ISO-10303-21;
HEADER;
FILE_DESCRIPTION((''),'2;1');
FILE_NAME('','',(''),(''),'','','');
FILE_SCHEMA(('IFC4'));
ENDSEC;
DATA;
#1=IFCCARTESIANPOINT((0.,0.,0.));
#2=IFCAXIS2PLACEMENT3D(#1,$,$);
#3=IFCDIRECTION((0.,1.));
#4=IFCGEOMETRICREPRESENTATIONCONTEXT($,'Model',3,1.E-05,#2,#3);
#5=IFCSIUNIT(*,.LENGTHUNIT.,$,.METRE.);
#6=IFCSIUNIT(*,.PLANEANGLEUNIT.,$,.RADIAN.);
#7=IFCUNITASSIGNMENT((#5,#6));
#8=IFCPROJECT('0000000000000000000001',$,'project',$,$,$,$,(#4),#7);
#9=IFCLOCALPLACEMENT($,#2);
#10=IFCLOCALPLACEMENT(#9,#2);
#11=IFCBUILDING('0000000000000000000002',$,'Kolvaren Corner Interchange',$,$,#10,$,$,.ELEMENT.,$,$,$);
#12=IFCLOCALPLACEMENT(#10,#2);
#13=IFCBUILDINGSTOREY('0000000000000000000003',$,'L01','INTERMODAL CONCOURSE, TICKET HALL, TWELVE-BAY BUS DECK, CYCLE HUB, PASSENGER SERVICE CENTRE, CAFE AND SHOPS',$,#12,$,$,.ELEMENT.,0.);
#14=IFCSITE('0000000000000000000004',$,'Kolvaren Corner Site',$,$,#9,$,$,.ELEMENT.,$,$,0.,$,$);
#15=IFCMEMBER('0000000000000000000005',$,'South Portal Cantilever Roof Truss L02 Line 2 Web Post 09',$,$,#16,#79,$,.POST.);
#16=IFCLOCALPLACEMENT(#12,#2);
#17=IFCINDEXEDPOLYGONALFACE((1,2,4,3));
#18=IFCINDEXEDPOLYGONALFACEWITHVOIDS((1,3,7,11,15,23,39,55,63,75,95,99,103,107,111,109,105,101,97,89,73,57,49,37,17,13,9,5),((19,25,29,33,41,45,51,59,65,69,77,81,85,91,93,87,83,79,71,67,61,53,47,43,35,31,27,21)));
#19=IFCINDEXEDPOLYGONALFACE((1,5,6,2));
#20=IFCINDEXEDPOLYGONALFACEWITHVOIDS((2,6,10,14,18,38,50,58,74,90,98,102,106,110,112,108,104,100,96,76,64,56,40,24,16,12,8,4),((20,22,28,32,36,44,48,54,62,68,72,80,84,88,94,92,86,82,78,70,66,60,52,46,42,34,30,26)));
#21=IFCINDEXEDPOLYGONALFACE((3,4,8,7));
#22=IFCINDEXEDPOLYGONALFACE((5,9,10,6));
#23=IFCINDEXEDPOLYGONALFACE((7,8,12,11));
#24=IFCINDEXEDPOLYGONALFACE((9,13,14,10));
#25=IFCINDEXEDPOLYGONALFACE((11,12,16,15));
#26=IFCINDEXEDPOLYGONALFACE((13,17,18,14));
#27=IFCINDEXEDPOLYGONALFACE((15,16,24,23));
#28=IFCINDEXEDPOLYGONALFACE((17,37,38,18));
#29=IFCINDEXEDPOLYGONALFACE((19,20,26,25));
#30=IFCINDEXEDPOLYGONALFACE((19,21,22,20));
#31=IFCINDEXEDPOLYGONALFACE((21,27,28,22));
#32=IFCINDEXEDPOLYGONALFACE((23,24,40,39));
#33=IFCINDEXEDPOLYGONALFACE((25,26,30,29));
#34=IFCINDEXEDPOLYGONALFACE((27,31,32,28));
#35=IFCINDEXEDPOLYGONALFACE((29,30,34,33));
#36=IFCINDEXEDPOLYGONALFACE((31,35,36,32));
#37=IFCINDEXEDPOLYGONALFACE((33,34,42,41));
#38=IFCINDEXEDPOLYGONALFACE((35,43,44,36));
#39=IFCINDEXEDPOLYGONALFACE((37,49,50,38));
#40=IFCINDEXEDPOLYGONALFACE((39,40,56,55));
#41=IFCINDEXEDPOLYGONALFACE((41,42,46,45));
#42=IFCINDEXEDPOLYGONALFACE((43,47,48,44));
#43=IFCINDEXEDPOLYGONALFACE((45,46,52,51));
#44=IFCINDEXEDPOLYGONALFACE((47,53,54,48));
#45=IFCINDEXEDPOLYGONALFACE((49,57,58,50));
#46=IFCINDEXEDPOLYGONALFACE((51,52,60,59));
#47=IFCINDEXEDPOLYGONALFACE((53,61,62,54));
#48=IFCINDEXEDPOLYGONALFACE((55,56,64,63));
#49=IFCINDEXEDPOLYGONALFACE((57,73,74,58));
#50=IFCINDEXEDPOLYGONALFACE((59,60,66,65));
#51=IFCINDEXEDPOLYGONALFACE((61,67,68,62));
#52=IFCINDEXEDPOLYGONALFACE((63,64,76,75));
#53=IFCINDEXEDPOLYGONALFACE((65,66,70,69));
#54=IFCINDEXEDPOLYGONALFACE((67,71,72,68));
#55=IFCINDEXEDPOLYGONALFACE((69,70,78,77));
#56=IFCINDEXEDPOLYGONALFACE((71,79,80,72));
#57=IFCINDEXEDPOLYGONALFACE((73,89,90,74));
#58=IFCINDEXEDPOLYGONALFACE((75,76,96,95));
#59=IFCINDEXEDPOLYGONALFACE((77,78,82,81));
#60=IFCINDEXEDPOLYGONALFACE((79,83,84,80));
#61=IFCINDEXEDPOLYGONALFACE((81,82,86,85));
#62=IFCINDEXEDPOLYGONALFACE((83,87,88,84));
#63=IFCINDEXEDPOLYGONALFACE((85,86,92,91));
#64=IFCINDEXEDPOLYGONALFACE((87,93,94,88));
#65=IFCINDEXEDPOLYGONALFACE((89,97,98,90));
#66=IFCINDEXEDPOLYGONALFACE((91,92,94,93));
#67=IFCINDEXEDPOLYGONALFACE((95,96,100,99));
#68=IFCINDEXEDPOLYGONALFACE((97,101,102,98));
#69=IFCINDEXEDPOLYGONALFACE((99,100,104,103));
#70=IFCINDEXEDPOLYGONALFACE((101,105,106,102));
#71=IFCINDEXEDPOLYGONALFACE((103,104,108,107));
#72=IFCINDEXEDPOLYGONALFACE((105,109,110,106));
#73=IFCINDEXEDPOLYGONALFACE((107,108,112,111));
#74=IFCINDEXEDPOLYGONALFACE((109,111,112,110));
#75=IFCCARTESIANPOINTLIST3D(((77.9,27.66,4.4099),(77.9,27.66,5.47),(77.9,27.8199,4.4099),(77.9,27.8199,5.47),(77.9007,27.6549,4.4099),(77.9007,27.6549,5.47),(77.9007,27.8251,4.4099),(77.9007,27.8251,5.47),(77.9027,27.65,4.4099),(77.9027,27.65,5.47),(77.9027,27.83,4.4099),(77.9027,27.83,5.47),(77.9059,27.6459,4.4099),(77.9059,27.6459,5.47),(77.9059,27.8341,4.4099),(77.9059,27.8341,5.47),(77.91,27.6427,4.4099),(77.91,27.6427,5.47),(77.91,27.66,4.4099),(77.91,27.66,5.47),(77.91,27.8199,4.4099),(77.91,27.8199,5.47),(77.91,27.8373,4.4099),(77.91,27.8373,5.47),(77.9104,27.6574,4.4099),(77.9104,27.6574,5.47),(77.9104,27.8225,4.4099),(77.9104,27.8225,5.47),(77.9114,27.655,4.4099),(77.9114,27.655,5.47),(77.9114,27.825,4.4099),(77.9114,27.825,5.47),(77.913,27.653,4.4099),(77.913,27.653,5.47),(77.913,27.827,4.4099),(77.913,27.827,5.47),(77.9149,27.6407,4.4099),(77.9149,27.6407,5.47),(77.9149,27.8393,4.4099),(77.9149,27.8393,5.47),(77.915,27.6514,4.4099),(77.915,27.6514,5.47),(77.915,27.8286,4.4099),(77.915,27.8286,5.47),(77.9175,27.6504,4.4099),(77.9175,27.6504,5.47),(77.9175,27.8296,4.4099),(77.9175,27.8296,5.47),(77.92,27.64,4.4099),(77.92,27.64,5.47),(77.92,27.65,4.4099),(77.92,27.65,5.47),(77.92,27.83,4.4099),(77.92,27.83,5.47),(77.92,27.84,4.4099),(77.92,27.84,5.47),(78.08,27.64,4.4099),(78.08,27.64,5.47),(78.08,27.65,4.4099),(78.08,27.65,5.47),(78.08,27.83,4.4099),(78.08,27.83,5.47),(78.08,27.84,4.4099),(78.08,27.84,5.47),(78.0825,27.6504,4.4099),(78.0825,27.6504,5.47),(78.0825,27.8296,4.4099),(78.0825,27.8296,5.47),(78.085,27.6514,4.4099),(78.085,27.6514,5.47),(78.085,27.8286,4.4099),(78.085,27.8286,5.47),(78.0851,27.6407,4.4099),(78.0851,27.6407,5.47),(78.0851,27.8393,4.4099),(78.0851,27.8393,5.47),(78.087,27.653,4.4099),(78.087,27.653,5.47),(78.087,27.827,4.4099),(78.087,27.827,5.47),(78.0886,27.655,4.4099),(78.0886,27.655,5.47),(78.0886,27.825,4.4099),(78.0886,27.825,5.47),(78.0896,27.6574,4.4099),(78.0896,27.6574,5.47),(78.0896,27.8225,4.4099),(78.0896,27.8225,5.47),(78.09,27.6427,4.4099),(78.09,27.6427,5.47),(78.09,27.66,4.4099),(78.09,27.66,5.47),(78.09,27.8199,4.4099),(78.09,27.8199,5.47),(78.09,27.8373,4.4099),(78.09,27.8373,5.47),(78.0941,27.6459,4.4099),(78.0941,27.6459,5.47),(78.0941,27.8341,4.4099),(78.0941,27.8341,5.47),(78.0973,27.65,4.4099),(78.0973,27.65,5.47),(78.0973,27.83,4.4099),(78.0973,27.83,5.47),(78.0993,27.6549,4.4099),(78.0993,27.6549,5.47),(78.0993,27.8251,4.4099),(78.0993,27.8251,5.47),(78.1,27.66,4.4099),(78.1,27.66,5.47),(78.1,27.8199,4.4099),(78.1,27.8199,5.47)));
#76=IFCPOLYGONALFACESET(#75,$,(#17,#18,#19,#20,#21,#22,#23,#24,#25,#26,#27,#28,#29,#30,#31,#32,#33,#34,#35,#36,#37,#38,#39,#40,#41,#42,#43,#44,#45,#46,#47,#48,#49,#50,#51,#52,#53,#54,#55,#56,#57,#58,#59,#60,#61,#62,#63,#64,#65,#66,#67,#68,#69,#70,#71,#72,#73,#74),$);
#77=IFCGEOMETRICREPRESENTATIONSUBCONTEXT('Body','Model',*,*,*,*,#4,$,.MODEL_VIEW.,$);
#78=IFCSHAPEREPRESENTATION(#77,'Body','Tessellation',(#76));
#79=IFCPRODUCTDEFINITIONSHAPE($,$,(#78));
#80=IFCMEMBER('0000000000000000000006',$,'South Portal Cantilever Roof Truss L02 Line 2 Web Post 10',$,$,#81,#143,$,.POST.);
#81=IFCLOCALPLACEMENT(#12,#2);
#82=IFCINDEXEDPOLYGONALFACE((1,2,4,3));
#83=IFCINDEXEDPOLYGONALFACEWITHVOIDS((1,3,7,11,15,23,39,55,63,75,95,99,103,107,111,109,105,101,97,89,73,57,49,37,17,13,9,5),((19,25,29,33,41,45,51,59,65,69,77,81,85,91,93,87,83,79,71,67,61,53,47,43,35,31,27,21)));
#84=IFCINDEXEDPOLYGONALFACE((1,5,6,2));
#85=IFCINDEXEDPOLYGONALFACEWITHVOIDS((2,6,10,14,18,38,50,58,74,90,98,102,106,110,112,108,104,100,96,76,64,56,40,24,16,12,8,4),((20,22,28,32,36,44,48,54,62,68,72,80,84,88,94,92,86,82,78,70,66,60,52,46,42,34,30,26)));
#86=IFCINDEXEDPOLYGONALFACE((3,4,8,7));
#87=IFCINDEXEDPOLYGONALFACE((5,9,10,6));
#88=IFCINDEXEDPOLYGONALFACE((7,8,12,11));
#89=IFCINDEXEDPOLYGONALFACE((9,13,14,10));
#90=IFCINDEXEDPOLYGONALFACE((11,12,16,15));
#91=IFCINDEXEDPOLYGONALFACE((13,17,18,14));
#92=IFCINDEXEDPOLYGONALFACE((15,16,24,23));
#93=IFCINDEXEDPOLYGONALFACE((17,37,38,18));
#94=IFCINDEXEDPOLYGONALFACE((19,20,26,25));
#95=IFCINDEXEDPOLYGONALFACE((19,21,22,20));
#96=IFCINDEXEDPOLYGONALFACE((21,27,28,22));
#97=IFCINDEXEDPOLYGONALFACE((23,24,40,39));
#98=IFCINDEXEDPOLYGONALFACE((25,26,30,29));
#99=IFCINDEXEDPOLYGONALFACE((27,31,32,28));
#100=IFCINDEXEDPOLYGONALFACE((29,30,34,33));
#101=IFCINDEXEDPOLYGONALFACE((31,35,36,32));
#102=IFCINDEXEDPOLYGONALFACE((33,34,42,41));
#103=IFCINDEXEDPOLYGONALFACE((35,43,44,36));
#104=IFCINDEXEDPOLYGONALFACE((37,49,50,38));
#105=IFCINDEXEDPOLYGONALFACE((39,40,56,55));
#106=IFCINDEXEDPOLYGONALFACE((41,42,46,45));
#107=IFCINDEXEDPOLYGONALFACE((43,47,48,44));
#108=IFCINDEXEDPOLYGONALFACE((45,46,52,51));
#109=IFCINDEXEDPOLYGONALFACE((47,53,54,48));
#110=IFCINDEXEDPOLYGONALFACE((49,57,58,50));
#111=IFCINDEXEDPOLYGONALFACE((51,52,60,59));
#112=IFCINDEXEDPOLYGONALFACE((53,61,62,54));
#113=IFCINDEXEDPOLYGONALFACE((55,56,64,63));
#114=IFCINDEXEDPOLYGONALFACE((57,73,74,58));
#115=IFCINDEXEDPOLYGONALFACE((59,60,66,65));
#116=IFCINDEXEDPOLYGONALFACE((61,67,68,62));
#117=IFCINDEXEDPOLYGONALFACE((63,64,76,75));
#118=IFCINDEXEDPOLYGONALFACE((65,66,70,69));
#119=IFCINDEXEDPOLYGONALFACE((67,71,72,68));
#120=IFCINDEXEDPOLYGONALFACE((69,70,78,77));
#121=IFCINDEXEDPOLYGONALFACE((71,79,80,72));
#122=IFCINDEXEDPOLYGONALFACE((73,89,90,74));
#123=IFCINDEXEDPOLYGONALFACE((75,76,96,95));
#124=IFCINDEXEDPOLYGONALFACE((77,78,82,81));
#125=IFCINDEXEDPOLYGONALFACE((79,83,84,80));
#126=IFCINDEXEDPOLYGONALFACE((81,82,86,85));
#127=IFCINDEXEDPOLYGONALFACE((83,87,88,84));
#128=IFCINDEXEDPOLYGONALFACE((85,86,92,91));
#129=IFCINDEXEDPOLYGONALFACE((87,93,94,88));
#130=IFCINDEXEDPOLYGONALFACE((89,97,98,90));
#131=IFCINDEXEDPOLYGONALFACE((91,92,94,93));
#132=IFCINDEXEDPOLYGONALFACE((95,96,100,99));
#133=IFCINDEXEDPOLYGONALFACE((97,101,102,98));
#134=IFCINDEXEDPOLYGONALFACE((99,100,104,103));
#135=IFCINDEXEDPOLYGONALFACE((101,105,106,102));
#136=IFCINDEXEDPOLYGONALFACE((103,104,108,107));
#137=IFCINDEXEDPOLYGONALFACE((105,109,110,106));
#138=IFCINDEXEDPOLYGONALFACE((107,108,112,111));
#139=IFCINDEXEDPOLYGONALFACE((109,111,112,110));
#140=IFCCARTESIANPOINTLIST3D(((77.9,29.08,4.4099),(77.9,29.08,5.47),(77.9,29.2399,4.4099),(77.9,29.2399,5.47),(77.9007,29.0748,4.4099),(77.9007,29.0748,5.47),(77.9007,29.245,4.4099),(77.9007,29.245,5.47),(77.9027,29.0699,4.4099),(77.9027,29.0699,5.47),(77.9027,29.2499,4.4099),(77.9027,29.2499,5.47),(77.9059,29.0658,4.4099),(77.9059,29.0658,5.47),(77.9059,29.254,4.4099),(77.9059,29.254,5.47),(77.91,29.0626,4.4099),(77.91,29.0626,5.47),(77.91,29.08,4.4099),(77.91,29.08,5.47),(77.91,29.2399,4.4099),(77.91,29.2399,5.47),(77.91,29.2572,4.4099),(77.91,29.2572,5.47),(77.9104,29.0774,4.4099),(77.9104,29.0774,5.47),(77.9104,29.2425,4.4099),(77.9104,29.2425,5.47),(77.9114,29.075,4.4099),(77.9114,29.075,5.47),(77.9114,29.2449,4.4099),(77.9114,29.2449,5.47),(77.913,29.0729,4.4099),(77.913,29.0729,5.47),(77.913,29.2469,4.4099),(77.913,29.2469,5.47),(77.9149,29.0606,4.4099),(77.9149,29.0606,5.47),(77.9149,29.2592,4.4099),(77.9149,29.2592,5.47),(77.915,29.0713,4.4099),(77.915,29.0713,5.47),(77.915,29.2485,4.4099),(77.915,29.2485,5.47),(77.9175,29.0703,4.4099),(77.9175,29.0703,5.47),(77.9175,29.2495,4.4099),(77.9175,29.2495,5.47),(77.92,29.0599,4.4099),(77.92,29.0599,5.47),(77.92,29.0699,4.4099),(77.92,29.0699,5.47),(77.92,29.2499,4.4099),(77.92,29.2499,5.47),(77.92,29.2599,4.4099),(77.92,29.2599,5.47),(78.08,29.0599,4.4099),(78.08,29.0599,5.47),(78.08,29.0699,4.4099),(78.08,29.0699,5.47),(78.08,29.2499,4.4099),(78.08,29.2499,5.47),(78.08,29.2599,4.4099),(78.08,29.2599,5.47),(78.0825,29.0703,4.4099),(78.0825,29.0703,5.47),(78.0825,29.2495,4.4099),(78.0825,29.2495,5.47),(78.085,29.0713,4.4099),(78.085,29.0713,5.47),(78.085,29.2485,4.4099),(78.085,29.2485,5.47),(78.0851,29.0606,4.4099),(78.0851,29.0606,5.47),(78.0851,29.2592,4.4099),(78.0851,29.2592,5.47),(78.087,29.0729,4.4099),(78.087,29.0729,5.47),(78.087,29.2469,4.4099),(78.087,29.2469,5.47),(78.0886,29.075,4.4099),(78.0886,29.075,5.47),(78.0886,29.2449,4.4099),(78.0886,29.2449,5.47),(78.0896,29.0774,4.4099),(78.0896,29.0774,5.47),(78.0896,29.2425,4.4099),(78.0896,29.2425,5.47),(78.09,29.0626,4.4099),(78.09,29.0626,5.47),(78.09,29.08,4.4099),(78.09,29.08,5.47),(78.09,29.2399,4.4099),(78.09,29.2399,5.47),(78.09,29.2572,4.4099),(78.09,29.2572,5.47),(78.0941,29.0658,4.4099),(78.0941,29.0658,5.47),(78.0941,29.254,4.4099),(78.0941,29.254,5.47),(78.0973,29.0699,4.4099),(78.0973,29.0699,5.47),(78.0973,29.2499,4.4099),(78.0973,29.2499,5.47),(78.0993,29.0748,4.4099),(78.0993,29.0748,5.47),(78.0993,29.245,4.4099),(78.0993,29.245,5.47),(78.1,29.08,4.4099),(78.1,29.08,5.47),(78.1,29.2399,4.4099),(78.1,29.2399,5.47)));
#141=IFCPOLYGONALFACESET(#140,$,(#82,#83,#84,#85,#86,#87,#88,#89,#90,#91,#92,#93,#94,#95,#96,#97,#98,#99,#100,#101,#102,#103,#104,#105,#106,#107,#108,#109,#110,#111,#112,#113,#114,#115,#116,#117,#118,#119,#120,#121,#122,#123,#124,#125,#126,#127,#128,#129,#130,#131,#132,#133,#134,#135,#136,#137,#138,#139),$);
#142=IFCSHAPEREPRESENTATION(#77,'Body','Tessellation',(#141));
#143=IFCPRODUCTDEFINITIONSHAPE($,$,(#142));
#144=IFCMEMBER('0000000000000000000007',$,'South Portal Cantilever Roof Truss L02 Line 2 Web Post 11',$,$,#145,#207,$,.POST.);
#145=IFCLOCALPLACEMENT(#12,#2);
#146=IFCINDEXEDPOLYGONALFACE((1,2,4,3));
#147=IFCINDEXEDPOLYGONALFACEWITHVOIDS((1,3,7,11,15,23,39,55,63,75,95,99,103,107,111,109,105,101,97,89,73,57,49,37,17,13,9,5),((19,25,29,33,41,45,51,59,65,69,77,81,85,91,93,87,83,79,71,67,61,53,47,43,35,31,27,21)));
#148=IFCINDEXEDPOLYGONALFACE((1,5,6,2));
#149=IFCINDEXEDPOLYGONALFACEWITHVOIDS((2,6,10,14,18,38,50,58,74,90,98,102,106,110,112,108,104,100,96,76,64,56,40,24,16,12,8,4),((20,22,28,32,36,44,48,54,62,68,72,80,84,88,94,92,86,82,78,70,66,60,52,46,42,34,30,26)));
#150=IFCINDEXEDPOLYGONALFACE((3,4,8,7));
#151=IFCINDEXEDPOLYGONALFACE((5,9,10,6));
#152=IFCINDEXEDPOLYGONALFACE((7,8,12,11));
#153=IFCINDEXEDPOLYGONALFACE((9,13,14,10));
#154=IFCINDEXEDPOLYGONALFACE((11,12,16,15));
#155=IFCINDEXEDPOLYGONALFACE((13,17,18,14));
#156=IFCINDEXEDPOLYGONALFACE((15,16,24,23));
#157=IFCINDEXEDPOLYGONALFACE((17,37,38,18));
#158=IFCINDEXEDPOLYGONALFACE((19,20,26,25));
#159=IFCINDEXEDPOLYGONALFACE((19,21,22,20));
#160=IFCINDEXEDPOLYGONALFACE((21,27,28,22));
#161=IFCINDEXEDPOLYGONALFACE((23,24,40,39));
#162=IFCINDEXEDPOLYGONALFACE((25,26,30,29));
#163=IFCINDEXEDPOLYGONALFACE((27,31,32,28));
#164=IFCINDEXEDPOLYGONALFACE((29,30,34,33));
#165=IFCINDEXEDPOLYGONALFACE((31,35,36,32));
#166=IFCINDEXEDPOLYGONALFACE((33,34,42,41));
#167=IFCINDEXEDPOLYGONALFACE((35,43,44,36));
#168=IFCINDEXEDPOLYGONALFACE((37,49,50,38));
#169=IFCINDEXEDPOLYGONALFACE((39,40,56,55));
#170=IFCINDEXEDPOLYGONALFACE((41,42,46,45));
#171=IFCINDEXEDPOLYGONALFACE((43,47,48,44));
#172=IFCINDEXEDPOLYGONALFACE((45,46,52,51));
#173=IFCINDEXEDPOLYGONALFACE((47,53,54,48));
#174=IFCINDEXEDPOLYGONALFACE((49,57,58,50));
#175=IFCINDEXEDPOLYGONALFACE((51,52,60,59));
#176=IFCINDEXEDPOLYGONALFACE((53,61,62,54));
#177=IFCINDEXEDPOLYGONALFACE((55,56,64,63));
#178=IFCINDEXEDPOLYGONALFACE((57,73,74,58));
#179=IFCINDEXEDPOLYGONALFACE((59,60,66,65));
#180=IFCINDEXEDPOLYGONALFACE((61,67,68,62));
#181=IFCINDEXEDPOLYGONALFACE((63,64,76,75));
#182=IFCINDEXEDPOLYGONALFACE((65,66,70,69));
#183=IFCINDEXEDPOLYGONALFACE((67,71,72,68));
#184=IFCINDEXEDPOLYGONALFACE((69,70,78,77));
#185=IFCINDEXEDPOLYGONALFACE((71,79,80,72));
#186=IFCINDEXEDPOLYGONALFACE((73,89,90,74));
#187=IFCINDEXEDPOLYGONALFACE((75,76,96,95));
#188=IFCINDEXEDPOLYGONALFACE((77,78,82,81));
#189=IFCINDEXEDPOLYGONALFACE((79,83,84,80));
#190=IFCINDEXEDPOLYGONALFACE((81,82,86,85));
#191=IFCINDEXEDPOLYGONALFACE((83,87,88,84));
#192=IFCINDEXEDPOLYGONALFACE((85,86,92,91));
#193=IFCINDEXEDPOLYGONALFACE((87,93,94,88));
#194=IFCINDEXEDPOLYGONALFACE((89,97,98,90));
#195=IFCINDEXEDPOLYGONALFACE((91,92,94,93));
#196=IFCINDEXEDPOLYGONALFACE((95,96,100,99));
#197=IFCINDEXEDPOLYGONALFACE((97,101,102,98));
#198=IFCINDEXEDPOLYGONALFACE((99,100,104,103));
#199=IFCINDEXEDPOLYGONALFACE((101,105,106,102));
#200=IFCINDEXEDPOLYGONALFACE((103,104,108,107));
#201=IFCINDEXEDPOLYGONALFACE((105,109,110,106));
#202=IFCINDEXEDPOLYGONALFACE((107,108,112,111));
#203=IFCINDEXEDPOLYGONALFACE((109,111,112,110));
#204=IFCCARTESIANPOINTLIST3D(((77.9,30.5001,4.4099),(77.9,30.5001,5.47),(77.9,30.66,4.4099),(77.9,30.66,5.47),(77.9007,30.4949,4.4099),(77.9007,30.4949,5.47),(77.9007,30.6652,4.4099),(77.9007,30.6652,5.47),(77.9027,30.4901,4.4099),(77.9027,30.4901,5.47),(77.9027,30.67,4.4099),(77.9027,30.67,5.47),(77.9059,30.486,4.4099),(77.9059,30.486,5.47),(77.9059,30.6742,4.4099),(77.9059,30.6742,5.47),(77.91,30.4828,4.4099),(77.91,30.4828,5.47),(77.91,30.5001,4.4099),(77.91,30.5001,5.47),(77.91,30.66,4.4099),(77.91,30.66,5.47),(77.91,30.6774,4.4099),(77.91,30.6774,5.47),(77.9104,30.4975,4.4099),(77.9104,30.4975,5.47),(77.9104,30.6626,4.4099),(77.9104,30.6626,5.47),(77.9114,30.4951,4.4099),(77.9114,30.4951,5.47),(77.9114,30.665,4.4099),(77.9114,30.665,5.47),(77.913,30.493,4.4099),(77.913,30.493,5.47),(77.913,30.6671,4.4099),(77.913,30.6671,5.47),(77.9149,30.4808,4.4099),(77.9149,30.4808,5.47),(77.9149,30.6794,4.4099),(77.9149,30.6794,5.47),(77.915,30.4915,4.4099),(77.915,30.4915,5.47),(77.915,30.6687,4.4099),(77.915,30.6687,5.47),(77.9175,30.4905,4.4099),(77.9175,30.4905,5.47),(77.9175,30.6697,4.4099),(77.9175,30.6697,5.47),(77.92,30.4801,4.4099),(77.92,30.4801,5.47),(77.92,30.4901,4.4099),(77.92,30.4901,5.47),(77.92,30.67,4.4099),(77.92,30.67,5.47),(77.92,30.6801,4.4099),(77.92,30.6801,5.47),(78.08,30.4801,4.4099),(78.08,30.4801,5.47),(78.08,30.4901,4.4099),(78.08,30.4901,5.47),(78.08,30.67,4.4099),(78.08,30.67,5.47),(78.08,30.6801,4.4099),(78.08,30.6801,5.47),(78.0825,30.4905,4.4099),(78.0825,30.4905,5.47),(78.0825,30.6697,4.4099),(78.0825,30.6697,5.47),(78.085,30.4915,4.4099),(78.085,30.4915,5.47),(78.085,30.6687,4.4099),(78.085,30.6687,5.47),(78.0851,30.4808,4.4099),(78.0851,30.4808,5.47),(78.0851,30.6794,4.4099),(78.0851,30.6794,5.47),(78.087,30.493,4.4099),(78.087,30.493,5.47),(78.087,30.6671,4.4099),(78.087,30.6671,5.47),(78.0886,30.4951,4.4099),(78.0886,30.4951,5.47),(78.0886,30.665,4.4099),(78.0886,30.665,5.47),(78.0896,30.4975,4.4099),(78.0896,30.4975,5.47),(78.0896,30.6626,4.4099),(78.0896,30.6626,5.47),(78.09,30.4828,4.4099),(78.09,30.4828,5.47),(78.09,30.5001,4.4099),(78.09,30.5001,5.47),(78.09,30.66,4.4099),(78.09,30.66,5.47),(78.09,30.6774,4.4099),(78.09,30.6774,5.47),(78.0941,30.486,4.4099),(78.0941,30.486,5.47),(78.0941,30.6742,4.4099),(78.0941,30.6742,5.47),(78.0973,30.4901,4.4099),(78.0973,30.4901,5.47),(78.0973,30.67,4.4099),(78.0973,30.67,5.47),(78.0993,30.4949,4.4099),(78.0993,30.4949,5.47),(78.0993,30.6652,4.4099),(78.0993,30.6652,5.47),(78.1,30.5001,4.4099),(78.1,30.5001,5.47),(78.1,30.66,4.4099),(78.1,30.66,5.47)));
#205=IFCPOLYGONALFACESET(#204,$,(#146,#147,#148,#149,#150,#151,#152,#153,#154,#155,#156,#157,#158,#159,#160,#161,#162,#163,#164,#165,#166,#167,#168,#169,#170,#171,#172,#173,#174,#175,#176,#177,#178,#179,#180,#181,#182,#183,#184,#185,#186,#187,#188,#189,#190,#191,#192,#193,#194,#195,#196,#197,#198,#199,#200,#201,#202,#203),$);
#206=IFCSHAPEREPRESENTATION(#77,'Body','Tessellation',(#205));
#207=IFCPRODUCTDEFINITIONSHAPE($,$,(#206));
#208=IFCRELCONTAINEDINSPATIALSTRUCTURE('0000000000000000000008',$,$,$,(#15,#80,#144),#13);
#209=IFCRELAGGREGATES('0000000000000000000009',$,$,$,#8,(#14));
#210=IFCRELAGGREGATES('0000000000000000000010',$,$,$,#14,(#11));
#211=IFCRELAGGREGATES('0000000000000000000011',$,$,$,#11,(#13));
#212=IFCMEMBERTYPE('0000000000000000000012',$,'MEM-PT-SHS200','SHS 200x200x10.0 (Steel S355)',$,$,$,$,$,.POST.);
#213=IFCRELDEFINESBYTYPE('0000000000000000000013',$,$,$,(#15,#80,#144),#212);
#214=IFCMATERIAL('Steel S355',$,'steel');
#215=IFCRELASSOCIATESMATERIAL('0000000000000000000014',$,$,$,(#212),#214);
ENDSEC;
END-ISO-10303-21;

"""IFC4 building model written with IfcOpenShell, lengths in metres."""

from ifc_helpers import new_model, si_unit, direction, frame, origin, origin_2d, place, context, subcontext, project, spatial, hollow_rectangle, extrude, material, material_profile, profile_set, type_object, element, save


model = new_model("IFC4")

# Units and contexts
model_context = context("Model", 3, precision=1e-05, world=origin(), true_north=direction((0.0, 1.0)))
body_context = subcontext(model_context, "Body", "Model", "MODEL_VIEW")
ifc_project = project(units=[si_unit("LENGTHUNIT", "METRE"), si_unit("PLANEANGLEUNIT", "RADIAN")], contexts=[model_context])

# Site, building, storey
site_placement = place(None, origin())
site = spatial("IfcSite", under=ifc_project, at=site_placement, Name="Kolvaren Corner Site", CompositionType="ELEMENT", RefElevation=0.0)
building_placement = place(site_placement, origin())
building = spatial("IfcBuilding", under=site, at=building_placement, Name="Kolvaren Corner Interchange", CompositionType="ELEMENT")
storey_placement = place(building_placement, origin())
storey = spatial("IfcBuildingStorey", under=building, at=storey_placement, Name="L01", Description="INTERMODAL CONCOURSE, TICKET HALL, TWELVE-BAY BUS DECK, CYCLE HUB, PASSENGER SERVICE CENTRE, CAFE AND SHOPS", CompositionType="ELEMENT", Elevation=0.0)

# Members
ifc_material_1 = material(Name="Steel S355", Category="steel")
ifc_material_profile_1 = material_profile(ifc_material_1, hollow_rectangle(XDim=0.2, YDim=0.2, WallThickness=0.01, InnerFilletRadius=0.01, OuterFilletRadius=0.02, at=origin_2d()), Name="SHS 200x200x10.0")
ifc_profile_set_1 = profile_set([ifc_material_profile_1], Name="Steel S355")
member_type_1 = type_object("IfcMemberType", Name="MEM-PT-SHS200", Description="SHS 200x200x10.0 (Steel S355)", PredefinedType="POST", material=ifc_profile_set_1)
for number, where, z_axis, x_axis, name in (
    (1, (78.0, 27.74, 4.4099), (0.0, 0.0, 1.0), (1.0, 0.0, 0.0), "South Portal Cantilever Roof Truss L02 Line 2 Web Post 09"),
    (2, (78.0, 29.1599, 4.4099), (0.0, 0.0, 1.0), (1.0, 0.0, 0.0), "South Portal Cantilever Roof Truss L02 Line 2 Web Post 10"),
    (3, (78.0, 30.5801, 4.4099), (0.0, 0.0, 1.0), (1.0, 0.0, 0.0), "South Portal Cantilever Roof Truss L02 Line 2 Web Post 11"),
):
    element("IfcMember", number, at=place(storey_placement, frame(where, z_axis=z_axis, x_axis=x_axis)), inside=storey, type_object=member_type_1, Name=name, PredefinedType="POST", context=body_context, shape_type="SweptSolid", body=[
        extrude(hollow_rectangle(XDim=0.2, YDim=0.2, WallThickness=0.01, InnerFilletRadius=0.01, OuterFilletRadius=0.02, at=origin_2d()), origin(), (0.0, 0.0, 1.0), 1.0601),
    ])

save(model, "model.ifc")
